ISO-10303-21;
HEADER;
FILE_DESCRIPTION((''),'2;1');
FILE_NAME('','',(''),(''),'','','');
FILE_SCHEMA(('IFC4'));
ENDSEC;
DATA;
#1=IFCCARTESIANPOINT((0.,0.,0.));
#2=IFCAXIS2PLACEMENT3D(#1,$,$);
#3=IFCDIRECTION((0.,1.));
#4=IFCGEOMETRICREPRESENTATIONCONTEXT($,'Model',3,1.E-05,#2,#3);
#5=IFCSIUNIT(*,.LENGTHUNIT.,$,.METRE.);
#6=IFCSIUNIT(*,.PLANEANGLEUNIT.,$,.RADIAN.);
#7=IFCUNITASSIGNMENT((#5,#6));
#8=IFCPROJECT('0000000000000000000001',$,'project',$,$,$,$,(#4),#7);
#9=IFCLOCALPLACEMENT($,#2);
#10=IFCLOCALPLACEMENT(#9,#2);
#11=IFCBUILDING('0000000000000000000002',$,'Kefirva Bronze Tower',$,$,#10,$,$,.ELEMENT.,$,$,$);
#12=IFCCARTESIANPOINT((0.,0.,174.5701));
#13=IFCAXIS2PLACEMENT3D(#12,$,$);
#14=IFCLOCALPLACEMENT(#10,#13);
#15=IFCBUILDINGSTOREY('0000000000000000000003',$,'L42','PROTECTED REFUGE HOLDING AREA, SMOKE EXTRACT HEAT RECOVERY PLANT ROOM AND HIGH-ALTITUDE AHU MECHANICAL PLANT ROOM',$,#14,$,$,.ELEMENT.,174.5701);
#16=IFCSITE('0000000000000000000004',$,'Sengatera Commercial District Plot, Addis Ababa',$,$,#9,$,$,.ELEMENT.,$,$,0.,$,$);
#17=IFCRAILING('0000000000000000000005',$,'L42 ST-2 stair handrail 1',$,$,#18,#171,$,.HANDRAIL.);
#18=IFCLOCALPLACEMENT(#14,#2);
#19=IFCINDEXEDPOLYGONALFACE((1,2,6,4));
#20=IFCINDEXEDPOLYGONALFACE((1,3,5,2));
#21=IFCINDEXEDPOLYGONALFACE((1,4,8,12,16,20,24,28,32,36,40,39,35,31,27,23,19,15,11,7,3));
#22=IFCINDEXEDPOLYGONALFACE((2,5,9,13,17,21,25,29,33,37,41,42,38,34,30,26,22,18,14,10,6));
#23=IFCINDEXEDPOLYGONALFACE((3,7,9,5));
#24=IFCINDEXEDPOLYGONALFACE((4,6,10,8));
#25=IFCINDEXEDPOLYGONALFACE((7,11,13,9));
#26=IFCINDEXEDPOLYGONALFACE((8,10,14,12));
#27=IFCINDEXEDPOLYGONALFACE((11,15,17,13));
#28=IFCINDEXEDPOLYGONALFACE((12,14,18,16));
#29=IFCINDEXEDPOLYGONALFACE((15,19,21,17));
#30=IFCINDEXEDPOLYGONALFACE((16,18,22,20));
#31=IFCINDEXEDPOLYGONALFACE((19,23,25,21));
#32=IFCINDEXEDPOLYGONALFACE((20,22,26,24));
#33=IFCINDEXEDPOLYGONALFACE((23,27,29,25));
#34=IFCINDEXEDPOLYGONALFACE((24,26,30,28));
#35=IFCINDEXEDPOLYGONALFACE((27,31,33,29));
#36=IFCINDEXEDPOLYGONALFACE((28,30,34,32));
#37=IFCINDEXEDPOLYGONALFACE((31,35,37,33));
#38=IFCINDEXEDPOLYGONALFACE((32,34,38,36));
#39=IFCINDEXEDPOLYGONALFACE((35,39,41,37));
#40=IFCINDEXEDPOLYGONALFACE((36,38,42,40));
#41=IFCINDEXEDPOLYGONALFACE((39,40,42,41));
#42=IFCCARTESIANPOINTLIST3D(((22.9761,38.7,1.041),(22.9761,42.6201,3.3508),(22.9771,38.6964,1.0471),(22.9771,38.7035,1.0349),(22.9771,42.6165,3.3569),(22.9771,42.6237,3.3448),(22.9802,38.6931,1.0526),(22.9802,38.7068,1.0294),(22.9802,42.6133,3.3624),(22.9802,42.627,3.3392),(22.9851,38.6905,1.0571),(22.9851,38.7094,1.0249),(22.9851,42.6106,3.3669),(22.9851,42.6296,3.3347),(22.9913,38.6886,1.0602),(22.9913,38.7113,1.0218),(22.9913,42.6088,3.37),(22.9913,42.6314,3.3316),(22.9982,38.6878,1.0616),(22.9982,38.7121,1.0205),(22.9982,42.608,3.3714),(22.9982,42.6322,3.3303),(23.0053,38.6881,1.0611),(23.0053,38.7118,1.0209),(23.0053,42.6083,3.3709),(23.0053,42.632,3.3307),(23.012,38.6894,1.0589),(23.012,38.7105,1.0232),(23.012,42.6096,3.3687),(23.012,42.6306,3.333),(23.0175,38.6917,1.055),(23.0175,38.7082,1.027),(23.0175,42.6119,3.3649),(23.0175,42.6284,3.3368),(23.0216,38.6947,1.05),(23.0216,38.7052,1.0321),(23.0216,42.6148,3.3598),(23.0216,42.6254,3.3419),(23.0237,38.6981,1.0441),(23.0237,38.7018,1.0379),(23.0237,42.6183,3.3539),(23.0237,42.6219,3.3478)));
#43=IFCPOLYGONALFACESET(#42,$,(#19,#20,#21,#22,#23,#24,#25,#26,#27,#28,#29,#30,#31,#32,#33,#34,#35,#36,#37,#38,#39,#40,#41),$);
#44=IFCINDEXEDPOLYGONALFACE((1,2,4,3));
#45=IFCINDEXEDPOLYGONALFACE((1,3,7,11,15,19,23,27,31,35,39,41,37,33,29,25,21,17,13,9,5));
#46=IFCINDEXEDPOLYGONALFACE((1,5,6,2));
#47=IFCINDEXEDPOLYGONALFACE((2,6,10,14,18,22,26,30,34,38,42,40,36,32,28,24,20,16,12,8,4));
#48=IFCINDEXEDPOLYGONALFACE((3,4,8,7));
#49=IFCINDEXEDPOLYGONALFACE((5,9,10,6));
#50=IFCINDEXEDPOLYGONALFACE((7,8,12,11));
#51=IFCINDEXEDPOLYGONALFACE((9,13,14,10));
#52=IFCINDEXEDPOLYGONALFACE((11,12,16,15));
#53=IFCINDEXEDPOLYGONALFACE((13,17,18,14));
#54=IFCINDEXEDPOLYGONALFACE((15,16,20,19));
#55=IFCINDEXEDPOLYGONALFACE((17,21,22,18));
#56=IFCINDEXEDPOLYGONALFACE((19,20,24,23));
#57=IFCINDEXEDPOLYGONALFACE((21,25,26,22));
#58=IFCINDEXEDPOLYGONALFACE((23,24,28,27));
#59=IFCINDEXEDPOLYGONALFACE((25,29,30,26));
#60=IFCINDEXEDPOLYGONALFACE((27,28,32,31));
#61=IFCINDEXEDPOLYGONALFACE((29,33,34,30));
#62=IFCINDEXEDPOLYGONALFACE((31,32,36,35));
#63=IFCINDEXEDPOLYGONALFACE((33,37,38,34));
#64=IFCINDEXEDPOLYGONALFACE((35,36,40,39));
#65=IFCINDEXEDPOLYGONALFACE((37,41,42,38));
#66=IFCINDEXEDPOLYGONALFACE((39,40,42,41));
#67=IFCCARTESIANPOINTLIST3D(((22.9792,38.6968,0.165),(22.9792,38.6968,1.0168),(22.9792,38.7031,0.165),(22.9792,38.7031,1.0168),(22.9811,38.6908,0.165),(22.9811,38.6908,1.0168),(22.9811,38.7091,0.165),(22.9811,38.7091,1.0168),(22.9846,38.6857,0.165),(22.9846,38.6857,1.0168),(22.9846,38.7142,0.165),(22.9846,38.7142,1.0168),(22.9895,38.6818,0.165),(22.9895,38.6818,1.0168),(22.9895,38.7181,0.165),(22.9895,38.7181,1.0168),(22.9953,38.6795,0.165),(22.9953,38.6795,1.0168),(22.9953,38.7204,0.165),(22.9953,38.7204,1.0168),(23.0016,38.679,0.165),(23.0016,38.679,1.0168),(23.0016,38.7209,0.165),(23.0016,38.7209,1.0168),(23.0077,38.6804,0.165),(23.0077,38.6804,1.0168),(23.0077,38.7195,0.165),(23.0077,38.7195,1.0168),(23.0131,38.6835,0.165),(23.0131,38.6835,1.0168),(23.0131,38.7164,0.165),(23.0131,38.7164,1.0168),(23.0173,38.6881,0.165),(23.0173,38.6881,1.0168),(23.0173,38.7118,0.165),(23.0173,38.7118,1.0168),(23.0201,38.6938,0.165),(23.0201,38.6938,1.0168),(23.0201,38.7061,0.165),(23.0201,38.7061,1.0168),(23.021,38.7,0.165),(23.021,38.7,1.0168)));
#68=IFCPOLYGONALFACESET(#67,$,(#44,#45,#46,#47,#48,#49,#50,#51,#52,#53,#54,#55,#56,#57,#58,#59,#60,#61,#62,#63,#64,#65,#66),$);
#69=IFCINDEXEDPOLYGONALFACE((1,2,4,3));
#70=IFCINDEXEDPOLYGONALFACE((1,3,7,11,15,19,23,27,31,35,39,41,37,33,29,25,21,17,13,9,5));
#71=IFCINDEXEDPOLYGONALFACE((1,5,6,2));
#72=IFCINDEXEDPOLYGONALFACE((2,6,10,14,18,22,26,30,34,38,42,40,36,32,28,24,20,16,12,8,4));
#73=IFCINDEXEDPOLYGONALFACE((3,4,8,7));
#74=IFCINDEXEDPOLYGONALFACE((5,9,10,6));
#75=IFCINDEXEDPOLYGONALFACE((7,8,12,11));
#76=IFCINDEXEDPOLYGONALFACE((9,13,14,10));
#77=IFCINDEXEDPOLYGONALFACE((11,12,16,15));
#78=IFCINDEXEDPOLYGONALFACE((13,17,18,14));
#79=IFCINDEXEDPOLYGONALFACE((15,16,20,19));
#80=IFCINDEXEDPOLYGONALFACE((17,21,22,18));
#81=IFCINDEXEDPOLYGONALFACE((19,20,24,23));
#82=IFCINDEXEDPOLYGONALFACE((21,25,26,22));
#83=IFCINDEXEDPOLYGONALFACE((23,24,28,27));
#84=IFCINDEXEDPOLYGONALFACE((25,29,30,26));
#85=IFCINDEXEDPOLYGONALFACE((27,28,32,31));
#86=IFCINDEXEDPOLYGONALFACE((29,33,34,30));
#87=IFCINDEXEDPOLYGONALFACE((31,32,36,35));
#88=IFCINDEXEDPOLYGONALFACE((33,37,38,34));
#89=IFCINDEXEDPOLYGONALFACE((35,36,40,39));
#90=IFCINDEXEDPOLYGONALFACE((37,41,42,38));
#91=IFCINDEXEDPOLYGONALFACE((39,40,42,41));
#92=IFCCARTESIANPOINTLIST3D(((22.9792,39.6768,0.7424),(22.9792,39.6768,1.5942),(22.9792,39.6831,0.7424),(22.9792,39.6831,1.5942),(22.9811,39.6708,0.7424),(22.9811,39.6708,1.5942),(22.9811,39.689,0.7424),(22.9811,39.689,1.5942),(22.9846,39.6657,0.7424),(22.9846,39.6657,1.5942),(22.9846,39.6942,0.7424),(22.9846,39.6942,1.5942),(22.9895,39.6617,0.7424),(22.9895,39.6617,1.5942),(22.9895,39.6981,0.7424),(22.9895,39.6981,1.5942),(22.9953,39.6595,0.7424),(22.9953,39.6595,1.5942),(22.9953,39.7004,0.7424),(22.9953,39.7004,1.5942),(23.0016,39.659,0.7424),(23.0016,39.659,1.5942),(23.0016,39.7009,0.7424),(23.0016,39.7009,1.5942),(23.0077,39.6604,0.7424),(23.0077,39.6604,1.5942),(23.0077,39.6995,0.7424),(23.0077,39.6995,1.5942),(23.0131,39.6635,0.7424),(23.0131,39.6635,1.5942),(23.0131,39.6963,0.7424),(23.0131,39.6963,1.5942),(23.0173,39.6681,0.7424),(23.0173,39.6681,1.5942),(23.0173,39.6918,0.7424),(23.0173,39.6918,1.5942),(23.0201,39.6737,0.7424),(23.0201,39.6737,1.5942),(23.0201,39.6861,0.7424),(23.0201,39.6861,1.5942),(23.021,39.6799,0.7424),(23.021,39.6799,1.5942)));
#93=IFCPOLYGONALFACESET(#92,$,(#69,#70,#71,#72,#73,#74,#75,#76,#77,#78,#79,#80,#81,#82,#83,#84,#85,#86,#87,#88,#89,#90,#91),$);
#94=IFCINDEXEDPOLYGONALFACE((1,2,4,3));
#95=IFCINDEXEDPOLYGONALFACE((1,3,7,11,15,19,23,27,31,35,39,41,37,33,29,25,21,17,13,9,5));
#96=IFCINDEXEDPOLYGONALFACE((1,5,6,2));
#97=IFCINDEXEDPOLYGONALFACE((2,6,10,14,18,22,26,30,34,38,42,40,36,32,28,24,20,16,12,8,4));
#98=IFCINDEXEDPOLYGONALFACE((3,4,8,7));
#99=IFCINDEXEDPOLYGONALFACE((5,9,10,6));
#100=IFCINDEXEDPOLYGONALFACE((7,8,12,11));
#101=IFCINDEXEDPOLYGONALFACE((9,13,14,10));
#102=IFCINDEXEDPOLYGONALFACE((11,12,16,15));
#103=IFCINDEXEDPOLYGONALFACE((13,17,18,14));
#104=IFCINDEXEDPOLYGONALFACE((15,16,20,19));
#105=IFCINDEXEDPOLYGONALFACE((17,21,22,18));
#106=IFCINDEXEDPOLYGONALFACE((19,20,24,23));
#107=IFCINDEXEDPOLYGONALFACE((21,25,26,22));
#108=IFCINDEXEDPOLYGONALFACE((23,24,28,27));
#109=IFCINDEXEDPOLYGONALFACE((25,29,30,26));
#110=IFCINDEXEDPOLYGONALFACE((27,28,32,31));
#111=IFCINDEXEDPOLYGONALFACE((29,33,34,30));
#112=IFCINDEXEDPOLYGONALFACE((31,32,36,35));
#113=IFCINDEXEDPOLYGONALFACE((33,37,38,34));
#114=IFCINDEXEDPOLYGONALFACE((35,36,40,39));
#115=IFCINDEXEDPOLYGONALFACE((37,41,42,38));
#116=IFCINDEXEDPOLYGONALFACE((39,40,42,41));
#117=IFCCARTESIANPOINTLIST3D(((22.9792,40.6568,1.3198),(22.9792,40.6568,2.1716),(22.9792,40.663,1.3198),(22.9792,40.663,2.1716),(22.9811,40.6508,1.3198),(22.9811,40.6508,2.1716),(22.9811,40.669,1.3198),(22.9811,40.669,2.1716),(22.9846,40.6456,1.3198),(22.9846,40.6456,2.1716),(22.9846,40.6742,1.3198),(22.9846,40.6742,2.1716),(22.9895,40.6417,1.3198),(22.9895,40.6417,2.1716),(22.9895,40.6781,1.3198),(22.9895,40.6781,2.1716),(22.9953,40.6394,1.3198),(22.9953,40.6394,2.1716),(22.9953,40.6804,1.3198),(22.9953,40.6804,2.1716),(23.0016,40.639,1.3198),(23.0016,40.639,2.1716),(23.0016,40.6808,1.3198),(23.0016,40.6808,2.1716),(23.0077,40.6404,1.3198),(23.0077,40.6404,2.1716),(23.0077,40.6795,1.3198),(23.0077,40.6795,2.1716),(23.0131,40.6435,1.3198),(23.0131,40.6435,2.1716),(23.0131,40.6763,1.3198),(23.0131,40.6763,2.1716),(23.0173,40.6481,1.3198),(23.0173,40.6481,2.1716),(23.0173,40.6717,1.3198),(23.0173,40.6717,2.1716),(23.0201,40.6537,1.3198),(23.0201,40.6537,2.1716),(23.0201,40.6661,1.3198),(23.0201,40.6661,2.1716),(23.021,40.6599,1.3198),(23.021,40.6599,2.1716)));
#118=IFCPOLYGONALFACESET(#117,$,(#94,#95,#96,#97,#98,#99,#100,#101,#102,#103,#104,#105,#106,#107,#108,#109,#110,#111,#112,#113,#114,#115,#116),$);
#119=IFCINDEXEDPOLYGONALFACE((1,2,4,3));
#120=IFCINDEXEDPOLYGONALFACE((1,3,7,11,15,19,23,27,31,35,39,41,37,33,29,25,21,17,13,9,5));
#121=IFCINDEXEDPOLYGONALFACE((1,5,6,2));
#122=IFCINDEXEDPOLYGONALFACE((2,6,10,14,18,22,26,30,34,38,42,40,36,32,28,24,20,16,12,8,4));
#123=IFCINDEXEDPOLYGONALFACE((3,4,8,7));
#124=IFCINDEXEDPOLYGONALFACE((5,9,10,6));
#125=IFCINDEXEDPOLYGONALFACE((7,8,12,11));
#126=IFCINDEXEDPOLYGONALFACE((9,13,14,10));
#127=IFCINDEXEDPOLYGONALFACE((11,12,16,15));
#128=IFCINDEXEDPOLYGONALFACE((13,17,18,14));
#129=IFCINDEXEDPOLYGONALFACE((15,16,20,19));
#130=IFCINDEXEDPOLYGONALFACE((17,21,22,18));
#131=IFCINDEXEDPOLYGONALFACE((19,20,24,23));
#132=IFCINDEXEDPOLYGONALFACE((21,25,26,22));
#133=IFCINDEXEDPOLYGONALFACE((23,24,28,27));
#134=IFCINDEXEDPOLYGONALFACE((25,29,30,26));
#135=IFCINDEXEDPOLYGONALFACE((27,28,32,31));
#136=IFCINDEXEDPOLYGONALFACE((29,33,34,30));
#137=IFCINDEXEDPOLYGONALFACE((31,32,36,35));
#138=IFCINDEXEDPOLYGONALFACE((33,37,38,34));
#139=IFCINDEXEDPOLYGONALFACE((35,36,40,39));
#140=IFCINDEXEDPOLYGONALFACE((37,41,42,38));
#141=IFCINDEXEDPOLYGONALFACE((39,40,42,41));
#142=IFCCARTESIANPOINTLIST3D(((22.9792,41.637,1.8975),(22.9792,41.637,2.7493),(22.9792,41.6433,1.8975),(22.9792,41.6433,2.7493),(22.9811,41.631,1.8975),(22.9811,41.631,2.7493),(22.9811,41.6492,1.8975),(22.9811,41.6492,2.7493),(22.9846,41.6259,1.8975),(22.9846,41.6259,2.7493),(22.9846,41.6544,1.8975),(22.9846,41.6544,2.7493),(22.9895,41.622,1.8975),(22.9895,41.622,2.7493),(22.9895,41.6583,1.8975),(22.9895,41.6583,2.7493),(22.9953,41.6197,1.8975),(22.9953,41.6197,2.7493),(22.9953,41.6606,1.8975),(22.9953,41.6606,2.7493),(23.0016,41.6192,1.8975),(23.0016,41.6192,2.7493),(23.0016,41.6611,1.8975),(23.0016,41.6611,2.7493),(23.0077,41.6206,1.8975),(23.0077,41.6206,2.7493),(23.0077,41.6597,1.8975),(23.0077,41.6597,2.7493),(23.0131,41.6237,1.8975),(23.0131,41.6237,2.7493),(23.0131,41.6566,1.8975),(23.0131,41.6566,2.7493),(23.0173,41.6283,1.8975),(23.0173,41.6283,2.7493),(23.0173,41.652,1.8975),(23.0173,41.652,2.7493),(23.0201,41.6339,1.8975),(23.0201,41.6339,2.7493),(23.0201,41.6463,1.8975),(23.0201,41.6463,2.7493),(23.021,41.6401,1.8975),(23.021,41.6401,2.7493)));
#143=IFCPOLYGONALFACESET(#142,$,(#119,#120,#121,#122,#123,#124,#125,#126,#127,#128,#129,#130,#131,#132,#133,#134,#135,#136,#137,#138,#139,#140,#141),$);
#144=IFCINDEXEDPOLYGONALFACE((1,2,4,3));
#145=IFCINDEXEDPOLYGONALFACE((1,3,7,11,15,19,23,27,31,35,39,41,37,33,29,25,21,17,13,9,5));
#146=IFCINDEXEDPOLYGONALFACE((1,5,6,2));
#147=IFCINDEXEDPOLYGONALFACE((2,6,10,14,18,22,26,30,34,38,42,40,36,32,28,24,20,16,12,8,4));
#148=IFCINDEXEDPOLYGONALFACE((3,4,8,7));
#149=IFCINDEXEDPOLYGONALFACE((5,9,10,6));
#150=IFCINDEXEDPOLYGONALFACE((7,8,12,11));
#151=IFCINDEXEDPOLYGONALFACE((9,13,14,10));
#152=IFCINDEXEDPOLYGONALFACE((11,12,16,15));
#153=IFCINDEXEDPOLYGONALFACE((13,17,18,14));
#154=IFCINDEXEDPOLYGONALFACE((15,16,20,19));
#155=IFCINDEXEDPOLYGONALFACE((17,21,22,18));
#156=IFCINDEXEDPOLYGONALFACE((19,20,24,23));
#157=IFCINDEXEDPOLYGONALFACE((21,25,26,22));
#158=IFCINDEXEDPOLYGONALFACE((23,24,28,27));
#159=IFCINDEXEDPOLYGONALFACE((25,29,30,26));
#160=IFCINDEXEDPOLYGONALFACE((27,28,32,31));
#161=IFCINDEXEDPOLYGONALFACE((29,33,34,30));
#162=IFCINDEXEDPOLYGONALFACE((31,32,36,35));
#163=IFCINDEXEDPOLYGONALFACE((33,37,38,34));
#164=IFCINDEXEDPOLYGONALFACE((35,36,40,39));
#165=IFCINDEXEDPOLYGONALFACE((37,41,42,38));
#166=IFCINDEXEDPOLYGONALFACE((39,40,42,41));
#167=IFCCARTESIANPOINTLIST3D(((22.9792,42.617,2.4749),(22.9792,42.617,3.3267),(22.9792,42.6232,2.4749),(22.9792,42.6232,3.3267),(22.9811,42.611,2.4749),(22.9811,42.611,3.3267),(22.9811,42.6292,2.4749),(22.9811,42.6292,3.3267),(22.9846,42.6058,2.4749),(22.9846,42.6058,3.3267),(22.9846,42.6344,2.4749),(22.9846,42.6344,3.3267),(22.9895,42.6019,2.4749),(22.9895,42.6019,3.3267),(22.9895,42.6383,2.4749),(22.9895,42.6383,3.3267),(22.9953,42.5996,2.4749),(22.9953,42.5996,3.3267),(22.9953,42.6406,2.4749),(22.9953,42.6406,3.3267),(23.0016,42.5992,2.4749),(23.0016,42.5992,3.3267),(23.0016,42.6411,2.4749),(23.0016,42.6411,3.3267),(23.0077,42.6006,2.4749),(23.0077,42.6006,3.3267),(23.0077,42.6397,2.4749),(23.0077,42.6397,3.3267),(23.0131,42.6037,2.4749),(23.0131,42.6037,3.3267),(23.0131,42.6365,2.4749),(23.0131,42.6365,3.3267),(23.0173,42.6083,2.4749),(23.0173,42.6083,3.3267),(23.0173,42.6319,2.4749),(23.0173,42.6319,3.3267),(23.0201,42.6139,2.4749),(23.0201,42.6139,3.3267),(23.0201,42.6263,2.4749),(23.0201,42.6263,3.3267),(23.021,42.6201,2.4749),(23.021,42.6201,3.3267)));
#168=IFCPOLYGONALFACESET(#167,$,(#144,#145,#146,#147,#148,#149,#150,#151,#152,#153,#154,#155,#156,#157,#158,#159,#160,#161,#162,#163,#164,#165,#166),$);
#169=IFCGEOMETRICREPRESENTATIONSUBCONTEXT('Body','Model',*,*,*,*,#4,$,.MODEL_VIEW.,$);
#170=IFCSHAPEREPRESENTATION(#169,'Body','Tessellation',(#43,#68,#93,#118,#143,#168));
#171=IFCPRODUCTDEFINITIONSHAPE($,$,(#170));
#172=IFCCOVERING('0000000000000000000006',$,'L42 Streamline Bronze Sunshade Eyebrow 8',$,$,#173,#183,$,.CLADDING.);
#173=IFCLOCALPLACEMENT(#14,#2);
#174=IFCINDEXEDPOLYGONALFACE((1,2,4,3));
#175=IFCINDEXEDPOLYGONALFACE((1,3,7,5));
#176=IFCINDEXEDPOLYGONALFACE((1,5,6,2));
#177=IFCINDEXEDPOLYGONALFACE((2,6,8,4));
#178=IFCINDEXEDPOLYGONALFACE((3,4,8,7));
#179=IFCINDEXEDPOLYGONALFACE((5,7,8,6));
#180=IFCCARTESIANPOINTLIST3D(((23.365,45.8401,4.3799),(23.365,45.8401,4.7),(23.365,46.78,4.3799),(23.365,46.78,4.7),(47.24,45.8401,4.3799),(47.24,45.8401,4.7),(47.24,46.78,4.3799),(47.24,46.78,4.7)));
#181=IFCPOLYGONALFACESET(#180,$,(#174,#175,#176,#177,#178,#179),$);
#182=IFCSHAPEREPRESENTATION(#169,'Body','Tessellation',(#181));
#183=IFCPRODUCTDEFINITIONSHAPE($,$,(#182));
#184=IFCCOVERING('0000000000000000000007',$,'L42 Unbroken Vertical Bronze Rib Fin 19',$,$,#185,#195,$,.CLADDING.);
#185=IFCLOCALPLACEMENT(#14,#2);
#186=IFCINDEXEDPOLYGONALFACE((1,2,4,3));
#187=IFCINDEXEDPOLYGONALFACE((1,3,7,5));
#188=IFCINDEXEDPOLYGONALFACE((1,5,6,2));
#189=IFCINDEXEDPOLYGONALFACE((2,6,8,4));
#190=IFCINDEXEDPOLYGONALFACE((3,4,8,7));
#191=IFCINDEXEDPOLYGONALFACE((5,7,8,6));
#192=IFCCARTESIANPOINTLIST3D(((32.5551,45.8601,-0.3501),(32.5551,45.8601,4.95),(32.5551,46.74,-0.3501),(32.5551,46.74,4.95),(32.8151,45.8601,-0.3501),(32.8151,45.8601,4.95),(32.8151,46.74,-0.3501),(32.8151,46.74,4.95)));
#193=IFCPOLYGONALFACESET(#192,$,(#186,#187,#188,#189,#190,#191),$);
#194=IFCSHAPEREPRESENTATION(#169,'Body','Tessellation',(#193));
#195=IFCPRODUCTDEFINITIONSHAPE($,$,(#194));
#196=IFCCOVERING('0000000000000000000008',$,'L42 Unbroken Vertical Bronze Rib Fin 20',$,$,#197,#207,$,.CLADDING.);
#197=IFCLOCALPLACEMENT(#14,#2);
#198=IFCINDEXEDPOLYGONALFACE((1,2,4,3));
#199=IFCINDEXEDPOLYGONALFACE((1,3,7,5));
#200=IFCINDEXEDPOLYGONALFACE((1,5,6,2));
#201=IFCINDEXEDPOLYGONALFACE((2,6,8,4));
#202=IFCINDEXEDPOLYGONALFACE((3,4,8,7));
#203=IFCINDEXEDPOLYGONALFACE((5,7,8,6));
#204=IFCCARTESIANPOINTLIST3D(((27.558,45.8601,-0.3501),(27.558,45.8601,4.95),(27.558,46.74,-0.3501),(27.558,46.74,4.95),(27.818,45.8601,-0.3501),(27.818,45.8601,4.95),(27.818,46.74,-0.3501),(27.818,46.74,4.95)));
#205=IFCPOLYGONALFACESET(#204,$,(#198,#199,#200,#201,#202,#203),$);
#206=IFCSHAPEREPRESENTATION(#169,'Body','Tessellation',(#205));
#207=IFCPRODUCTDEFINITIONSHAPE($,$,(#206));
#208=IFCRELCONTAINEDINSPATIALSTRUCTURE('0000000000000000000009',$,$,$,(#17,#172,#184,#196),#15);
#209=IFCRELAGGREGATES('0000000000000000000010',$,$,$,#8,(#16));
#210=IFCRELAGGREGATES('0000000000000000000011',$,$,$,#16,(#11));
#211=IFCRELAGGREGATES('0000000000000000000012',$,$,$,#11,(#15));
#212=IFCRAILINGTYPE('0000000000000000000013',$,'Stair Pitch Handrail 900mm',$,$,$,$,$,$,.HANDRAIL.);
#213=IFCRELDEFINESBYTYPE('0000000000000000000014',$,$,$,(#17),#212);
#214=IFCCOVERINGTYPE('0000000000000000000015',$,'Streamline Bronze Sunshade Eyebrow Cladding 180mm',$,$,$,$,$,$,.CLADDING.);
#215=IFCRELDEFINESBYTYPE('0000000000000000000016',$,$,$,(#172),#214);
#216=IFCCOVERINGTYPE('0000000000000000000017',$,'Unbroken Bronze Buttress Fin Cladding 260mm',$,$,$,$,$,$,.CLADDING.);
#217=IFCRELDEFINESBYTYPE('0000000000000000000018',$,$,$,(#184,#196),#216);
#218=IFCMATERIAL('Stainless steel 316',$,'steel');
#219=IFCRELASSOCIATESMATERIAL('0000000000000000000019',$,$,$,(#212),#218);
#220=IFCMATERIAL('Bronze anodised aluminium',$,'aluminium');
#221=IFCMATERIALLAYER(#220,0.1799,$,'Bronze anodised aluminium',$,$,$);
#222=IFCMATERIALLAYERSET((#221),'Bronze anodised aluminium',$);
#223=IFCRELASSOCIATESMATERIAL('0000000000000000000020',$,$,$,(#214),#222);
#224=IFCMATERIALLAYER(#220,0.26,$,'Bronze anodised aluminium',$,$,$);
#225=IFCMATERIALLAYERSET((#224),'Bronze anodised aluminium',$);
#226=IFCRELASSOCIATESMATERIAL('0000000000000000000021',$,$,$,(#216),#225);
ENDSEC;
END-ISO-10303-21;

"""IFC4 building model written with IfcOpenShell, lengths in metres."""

from ifc_helpers import new_model, si_unit, direction, frame, origin, origin_2d, place, context, subcontext, project, spatial, rectangle, circle, extrude, material, layer, layer_set, type_object, element, save


model = new_model("IFC4")

# Units and contexts
model_context = context("Model", 3, precision=1e-05, world=origin(), true_north=direction((0.0, 1.0)))
body_context = subcontext(model_context, "Body", "Model", "MODEL_VIEW")
ifc_project = project(units=[si_unit("LENGTHUNIT", "METRE"), si_unit("PLANEANGLEUNIT", "RADIAN")], contexts=[model_context])

# Site, building, storey
site_placement = place(None, origin())
site = spatial("IfcSite", under=ifc_project, at=site_placement, Name="Sengatera Commercial District Plot, Addis Ababa", CompositionType="ELEMENT", RefElevation=0.0)
building_placement = place(site_placement, origin())
building = spatial("IfcBuilding", under=site, at=building_placement, Name="Kefirva Bronze Tower", CompositionType="ELEMENT")
storey_placement = place(building_placement, frame((0.0, 0.0, 174.5701)))
storey = spatial("IfcBuildingStorey", under=building, at=storey_placement, Name="L42", Description="PROTECTED REFUGE HOLDING AREA, SMOKE EXTRACT HEAT RECOVERY PLANT ROOM AND HIGH-ALTITUDE AHU MECHANICAL PLANT ROOM", CompositionType="ELEMENT", Elevation=174.5701)

# Shared definitions
ifc_material_1 = material(Name="Bronze anodised aluminium", Category="aluminium")

# Shared definitions
ifc_material_2 = material(Name="Stainless steel 316", Category="steel")

# Railing
railing_type_1 = type_object("IfcRailingType", Name="Stair Pitch Handrail 900mm", PredefinedType="HANDRAIL", material=ifc_material_2)
railing_1_placement = place(storey_placement, frame((23.0, 38.7, 0.165)))
element("IfcRailing", 1, at=railing_1_placement, inside=storey, type_object=railing_type_1, Name="L42 ST-2 stair handrail 1", PredefinedType="HANDRAIL", context=body_context, shape_type="SweptSolid", body=[
    extrude(circle(Radius=0.0239, at=origin_2d()), frame((0.0, 0.0, 0.876), z_axis=(0.0, 0.861566, 0.507646), x_axis=(-1.0, 0.0, 0.0)), (0.0, 0.0, 1.0), 4.55),
    extrude(circle(Radius=0.021, at=origin_2d()), origin(), (0.0, 0.0, 1.0), 0.8518),
    extrude(circle(Radius=0.021, at=origin_2d()), frame((0.0, 0.98, 0.5774)), (0.0, 0.0, 1.0), 0.8518),
    extrude(circle(Radius=0.021, at=origin_2d()), frame((0.0, 1.96, 1.1548)), (0.0, 0.0, 1.0), 0.8518),
    extrude(circle(Radius=0.021, at=origin_2d()), frame((0.0, 2.9402, 1.7324)), (0.0, 0.0, 1.0), 0.8518),
    extrude(circle(Radius=0.021, at=origin_2d()), frame((0.0, 3.9202, 2.3098)), (0.0, 0.0, 1.0), 0.8518),
])

# Coverings
ifc_layer_1 = layer(ifc_material_1, 0.1799, Name="Bronze anodised aluminium")
ifc_layer_set_1 = layer_set([ifc_layer_1], Name="Bronze anodised aluminium")
covering_type_1 = type_object("IfcCoveringType", Name="Streamline Bronze Sunshade Eyebrow Cladding 180mm", PredefinedType="CLADDING", material=ifc_layer_set_1)
covering_1_placement = place(storey_placement, frame((35.3025, 46.3101, 4.3799), z_axis=(0.0, 0.0, 1.0), x_axis=(-1.0, 0.0, 0.0)))
element("IfcCovering", 2, at=covering_1_placement, inside=storey, type_object=covering_type_1, Name="L42 Streamline Bronze Sunshade Eyebrow 8", PredefinedType="CLADDING", context=body_context, shape_type="SweptSolid", body=[
    extrude(rectangle(XDim=23.875, YDim=0.9399, at=origin_2d()), origin(), (0.0, 0.0, 1.0), 0.3201),
])
ifc_layer_2 = layer(ifc_material_1, 0.26, Name="Bronze anodised aluminium")
ifc_layer_set_2 = layer_set([ifc_layer_2], Name="Bronze anodised aluminium")
covering_type_2 = type_object("IfcCoveringType", Name="Unbroken Bronze Buttress Fin Cladding 260mm", PredefinedType="CLADDING", material=ifc_layer_set_2)
for number, where, z_axis, x_axis, name in (
    (3, (32.6851, 46.3, -0.3501), (0.0, 0.0, 1.0), (-1.0, 0.0, 0.0), "L42 Unbroken Vertical Bronze Rib Fin 19"),
    (4, (27.688, 46.3, -0.3501), (0.0, 0.0, 1.0), (-1.0, 0.0, 0.0), "L42 Unbroken Vertical Bronze Rib Fin 20"),
):
    element("IfcCovering", number, at=place(storey_placement, frame(where, z_axis=z_axis, x_axis=x_axis)), inside=storey, type_object=covering_type_2, Name=name, PredefinedType="CLADDING", context=body_context, shape_type="SweptSolid", body=[
        extrude(rectangle(XDim=0.26, YDim=0.8799, at=origin_2d()), origin(), (0.0, 0.0, 1.0), 5.3),
    ])

save(model, "model.ifc")
